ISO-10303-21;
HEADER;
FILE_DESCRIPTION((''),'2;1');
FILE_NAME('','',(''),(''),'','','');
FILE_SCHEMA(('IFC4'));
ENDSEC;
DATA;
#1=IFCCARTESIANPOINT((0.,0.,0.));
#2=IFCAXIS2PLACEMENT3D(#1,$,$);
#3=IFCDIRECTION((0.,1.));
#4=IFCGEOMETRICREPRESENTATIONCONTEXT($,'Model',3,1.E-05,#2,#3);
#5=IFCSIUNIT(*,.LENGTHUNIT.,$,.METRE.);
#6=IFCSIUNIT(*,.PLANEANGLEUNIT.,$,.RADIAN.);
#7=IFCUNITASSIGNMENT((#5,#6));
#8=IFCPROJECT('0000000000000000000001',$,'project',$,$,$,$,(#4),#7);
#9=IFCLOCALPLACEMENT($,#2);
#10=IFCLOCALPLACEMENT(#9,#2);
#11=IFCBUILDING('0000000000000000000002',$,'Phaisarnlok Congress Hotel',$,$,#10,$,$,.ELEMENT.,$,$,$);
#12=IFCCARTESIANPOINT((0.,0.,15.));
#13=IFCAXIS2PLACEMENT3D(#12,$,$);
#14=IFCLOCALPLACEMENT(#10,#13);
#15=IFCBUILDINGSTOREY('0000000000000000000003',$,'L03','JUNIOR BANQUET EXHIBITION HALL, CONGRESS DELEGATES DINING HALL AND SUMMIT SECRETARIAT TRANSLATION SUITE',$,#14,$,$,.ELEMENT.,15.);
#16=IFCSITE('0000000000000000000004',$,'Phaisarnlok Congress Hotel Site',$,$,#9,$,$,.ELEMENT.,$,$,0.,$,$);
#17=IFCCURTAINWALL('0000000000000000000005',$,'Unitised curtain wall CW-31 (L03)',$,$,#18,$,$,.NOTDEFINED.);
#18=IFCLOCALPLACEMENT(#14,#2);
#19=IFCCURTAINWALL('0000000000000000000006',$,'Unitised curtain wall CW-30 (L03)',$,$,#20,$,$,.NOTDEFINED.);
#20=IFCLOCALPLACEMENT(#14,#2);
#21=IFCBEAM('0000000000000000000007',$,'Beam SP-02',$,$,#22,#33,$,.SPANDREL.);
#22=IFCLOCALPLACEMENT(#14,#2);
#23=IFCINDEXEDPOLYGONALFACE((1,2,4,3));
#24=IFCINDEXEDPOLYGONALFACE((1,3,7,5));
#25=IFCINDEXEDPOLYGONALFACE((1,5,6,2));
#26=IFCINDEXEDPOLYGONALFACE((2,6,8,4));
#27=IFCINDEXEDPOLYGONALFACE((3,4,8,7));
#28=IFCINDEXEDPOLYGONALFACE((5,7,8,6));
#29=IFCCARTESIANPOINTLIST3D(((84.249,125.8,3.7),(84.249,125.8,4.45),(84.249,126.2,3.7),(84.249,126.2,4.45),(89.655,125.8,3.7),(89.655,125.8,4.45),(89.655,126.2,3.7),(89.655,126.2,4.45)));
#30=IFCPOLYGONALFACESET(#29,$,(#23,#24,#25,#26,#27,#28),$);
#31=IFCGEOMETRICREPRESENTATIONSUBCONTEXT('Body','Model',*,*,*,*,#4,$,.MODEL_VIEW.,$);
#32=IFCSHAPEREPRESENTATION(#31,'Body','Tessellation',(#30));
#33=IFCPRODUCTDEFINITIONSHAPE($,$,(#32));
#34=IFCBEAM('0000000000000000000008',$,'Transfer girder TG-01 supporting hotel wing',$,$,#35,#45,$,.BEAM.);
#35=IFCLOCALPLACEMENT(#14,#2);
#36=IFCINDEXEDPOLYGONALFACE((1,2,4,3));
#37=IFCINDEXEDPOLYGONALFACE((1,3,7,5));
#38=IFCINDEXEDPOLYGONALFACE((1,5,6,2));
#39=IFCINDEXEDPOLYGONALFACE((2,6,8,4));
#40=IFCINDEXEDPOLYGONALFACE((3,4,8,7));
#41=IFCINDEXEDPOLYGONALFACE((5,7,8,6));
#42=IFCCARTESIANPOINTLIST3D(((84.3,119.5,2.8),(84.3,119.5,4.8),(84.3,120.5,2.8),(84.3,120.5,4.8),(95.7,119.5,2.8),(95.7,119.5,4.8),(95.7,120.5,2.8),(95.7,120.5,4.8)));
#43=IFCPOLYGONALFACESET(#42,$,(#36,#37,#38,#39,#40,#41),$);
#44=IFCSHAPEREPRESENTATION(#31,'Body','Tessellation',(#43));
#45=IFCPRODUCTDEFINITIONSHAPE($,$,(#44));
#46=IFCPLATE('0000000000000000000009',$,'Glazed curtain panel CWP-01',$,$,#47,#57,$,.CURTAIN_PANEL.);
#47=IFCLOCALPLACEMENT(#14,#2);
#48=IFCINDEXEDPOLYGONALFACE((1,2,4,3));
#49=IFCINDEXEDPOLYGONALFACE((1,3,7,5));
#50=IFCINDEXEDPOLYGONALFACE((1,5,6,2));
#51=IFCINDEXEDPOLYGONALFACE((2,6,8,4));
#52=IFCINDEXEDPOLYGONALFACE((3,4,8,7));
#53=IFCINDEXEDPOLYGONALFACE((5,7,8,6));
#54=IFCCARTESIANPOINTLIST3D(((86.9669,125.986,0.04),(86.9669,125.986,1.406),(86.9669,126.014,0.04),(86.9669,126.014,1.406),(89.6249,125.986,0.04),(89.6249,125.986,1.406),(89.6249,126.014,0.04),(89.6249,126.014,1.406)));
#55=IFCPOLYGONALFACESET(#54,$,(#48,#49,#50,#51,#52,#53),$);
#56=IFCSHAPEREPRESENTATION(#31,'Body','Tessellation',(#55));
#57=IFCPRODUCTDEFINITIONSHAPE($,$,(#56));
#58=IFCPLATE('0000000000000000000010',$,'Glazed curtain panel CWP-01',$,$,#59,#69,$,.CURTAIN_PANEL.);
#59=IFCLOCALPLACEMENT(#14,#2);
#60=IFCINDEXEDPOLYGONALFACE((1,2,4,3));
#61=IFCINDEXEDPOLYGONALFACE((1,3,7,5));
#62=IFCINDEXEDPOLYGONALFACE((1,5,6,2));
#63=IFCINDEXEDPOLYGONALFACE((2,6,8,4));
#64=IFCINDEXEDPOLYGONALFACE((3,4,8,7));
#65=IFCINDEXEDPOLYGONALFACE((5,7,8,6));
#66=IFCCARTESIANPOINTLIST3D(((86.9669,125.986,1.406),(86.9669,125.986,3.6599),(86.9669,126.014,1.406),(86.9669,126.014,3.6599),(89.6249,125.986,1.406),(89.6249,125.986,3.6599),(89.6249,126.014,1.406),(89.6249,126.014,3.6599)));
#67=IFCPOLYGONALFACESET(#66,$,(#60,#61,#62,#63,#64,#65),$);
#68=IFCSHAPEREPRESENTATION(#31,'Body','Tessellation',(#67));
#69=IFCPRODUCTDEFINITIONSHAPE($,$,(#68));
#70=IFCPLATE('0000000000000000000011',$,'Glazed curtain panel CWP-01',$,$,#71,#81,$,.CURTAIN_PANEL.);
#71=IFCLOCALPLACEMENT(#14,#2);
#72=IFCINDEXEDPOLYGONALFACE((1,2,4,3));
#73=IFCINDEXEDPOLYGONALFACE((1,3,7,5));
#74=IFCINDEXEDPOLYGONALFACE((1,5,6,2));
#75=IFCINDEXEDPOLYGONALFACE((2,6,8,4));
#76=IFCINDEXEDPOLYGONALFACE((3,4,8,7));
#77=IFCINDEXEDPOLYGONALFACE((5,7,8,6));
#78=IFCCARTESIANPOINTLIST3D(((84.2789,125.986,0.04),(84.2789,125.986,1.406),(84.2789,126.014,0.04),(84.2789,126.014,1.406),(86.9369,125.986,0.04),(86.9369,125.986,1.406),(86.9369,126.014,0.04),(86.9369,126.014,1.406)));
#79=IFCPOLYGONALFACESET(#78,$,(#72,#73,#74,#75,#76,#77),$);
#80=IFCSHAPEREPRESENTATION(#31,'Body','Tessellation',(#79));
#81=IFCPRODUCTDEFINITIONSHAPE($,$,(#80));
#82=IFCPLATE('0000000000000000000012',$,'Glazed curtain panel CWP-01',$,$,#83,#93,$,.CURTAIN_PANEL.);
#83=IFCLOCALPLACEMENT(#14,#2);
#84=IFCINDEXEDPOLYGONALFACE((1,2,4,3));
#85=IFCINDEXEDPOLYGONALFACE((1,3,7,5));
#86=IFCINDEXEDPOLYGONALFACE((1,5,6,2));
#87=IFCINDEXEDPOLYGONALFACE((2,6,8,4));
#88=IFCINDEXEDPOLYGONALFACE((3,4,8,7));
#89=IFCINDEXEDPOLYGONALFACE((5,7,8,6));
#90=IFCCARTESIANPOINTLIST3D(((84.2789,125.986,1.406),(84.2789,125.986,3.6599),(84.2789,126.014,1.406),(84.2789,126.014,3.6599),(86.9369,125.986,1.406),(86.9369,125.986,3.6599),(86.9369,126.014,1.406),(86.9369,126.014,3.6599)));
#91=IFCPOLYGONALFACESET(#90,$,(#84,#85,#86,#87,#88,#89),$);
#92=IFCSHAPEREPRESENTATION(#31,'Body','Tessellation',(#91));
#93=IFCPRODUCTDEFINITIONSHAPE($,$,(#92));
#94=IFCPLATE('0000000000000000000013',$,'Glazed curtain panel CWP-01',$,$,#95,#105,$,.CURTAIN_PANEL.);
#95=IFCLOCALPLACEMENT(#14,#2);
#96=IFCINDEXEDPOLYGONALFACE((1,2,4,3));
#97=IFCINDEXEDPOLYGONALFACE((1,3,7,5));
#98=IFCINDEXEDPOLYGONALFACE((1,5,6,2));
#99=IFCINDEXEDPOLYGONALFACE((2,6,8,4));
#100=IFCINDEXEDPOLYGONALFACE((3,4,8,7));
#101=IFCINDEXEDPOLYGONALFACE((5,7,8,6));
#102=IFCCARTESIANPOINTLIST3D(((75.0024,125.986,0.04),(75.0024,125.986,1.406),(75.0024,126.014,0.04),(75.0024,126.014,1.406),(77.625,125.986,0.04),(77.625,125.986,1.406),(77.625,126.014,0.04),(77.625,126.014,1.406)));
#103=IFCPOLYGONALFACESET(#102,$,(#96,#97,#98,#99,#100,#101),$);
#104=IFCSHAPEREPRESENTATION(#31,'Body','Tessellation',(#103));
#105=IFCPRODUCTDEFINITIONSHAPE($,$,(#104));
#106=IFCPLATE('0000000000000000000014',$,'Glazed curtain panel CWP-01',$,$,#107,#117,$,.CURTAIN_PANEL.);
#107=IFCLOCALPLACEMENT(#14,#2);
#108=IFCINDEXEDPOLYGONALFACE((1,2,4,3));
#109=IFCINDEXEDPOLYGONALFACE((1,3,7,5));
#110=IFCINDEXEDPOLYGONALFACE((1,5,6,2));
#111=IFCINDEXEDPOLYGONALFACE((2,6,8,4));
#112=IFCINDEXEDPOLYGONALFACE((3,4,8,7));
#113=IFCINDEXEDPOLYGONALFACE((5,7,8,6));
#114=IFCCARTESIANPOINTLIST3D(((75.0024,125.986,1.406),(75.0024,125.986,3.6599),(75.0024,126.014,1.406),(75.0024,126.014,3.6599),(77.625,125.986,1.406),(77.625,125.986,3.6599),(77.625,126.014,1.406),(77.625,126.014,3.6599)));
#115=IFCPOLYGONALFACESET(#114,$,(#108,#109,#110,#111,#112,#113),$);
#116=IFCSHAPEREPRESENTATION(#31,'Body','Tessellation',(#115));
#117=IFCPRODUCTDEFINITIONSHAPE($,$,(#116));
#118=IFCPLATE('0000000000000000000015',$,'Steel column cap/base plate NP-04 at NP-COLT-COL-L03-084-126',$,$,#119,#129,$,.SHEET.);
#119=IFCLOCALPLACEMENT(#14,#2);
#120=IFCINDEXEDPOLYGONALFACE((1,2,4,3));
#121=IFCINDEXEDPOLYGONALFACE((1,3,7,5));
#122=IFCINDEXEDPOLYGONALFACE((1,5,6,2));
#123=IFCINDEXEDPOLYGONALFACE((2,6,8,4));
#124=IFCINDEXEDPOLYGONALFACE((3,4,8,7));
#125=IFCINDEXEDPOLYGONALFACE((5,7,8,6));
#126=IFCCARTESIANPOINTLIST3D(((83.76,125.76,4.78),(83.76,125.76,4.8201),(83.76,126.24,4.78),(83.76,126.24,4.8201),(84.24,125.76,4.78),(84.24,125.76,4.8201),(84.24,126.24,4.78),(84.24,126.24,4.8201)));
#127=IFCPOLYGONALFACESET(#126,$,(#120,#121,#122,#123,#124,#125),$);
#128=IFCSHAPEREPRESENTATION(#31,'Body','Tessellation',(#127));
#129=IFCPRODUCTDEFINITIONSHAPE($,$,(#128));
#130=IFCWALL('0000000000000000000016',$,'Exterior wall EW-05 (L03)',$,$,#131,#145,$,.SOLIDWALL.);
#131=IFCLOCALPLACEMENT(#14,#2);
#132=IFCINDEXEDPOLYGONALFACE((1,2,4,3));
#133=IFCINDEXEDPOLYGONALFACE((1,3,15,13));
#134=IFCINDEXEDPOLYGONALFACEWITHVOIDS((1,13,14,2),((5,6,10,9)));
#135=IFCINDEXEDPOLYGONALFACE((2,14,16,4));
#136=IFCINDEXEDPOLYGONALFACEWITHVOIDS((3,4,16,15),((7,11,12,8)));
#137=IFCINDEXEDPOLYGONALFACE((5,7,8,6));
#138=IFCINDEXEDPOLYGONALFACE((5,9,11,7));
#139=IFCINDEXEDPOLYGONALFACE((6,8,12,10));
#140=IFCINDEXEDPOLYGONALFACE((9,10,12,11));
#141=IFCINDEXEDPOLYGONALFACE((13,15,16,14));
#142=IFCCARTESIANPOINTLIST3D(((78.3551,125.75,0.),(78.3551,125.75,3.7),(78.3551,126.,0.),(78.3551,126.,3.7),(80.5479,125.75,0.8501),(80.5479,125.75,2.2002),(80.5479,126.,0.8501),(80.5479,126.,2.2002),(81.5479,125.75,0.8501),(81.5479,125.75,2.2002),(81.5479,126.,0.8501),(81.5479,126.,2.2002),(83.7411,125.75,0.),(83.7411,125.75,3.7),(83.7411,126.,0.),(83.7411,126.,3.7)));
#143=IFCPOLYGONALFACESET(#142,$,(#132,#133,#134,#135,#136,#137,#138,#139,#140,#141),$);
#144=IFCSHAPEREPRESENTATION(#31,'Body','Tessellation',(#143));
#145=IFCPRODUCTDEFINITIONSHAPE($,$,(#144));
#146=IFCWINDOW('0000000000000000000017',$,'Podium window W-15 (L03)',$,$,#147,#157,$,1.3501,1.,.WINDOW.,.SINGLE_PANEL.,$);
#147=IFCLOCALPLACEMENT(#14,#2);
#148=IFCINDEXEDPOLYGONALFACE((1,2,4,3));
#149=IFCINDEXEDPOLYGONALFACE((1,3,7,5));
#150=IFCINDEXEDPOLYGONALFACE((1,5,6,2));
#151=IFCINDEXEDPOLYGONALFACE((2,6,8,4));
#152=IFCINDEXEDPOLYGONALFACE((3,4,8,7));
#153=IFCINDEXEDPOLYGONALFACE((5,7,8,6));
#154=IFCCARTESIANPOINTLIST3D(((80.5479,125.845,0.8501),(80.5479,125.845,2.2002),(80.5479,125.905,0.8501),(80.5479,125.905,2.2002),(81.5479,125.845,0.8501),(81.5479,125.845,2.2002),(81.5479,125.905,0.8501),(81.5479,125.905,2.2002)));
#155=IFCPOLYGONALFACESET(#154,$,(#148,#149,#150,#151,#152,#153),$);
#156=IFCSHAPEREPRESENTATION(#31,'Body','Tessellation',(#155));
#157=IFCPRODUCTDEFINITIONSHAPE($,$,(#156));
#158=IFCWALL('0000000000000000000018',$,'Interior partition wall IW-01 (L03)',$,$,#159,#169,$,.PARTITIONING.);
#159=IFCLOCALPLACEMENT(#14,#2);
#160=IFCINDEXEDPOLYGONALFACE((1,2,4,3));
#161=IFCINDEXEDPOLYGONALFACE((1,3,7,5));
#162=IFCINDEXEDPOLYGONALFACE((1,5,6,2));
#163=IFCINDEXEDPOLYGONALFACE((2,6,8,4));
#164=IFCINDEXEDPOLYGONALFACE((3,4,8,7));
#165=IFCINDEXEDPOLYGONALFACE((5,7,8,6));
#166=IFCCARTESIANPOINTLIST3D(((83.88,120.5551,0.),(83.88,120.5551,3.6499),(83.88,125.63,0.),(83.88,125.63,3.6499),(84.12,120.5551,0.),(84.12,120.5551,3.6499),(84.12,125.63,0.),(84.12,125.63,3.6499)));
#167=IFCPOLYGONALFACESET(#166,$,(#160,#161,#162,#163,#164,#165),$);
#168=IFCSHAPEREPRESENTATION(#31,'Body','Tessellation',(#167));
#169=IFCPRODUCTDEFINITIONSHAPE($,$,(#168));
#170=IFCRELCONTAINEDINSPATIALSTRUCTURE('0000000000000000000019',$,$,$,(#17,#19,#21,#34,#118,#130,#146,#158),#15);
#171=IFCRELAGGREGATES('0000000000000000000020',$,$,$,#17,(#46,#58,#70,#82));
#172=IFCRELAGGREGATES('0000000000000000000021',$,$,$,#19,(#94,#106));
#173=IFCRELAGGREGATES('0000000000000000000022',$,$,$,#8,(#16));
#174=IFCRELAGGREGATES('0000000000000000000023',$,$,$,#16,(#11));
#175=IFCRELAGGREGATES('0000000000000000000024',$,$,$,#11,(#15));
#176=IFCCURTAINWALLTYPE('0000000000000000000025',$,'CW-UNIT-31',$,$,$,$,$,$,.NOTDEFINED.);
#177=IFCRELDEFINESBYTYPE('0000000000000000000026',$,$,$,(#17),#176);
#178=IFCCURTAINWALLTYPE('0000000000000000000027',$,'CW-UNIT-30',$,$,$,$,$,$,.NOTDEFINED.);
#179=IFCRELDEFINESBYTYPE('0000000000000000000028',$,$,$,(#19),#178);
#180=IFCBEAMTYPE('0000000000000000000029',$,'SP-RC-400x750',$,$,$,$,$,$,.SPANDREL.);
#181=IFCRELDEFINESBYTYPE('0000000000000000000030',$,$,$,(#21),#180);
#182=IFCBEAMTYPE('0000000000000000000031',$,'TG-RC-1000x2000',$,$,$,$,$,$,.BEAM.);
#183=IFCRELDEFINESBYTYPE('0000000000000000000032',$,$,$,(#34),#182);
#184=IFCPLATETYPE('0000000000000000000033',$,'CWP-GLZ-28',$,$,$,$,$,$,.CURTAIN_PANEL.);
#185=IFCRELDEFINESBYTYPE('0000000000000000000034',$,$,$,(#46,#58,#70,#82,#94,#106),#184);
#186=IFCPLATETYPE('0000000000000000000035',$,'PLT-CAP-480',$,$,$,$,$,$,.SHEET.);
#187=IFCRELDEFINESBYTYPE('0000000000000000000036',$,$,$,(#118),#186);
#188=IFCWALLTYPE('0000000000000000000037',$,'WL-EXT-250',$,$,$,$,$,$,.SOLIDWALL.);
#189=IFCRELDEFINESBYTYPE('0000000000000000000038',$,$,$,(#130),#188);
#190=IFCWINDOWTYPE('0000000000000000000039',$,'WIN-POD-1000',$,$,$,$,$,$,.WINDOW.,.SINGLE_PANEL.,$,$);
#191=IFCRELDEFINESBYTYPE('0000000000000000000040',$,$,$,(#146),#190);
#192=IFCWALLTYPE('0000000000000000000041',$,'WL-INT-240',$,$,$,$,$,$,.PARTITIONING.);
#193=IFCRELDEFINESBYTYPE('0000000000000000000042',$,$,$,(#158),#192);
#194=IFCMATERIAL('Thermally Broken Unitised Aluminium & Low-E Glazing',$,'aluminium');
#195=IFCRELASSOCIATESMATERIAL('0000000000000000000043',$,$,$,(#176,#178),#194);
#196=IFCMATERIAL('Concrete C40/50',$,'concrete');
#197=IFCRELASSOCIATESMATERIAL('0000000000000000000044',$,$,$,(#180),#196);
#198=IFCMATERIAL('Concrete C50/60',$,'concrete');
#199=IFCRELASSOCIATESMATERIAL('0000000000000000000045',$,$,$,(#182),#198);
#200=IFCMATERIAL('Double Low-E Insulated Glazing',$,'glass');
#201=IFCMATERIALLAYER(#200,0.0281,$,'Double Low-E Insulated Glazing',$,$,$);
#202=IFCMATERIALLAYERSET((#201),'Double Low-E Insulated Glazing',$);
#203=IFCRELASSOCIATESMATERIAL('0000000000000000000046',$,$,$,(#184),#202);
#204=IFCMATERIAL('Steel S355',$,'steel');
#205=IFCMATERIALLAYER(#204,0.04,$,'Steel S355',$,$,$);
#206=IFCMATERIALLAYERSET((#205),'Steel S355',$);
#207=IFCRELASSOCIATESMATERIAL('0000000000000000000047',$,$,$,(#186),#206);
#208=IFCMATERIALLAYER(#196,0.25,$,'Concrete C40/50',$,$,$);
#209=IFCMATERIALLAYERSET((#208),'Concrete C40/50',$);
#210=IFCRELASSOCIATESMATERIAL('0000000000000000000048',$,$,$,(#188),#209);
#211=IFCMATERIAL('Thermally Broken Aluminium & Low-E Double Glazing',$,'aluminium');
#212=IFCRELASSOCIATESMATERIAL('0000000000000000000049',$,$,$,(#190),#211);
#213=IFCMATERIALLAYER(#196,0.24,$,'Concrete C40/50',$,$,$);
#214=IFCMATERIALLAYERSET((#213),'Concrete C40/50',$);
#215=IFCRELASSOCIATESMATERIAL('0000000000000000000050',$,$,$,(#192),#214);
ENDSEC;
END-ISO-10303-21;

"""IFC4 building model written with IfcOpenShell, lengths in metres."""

from ifc_helpers import new_model, si_unit, direction, frame, frame_2d, origin, origin_2d, place, context, subcontext, project, spatial, rectangle, extrude, material, layer, layer_set, material_profile, profile_set, type_object, element, fill, aggregate, save


model = new_model("IFC4")

# Units and contexts
model_context = context("Model", 3, precision=1e-05, world=origin(), true_north=direction((0.0, 1.0)))
body_context = subcontext(model_context, "Body", "Model", "MODEL_VIEW")
ifc_project = project(units=[si_unit("LENGTHUNIT", "METRE"), si_unit("PLANEANGLEUNIT", "RADIAN")], contexts=[model_context])

# Site, building, storey
site_placement = place(None, origin())
site = spatial("IfcSite", under=ifc_project, at=site_placement, Name="Phaisarnlok Congress Hotel Site", CompositionType="ELEMENT", RefElevation=0.0)
building_placement = place(site_placement, origin())
building = spatial("IfcBuilding", under=site, at=building_placement, Name="Phaisarnlok Congress Hotel", CompositionType="ELEMENT")
storey_placement = place(building_placement, frame((0.0, 0.0, 15.0)))
storey = spatial("IfcBuildingStorey", under=building, at=storey_placement, Name="L03", Description="JUNIOR BANQUET EXHIBITION HALL, CONGRESS DELEGATES DINING HALL AND SUMMIT SECRETARIAT TRANSLATION SUITE", CompositionType="ELEMENT", Elevation=15.0)

# Shared definitions
ifc_material_1 = material(Name="Concrete C50/60", Category="concrete")
ifc_material_2 = material(Name="Steel S355", Category="steel")

# Shared definitions
ifc_material_3 = material(Name="Concrete C40/50", Category="concrete")

# Curtain wall
ifc_material_4 = material(Name="Thermally Broken Unitised Aluminium & Low-E Glazing", Category="aluminium")
curtain_wall_type_1 = type_object("IfcCurtainWallType", Name="CW-UNIT-31", PredefinedType="NOTDEFINED", material=ifc_material_4)
curtain_wall_1_placement = place(storey_placement, origin())
curtain_wall_1 = element("IfcCurtainWall", 1, at=curtain_wall_1_placement, inside=storey, type_object=curtain_wall_type_1, Name="Unitised curtain wall CW-31 (L03)", PredefinedType="NOTDEFINED")

# Curtain wall
curtain_wall_type_2 = type_object("IfcCurtainWallType", Name="CW-UNIT-30", PredefinedType="NOTDEFINED", material=ifc_material_4)
curtain_wall_2_placement = place(storey_placement, origin())
curtain_wall_2 = element("IfcCurtainWall", 2, at=curtain_wall_2_placement, inside=storey, type_object=curtain_wall_type_2, Name="Unitised curtain wall CW-30 (L03)", PredefinedType="NOTDEFINED")

# Beams
ifc_material_profile_1 = material_profile(ifc_material_3, rectangle(XDim=0.3999, YDim=0.75, at=origin_2d()), Name="RC 400x750")
ifc_profile_set_1 = profile_set([ifc_material_profile_1], Name="Concrete C40/50")
beam_type_1 = type_object("IfcBeamType", Name="SP-RC-400x750", PredefinedType="SPANDREL", material=ifc_profile_set_1)
for number, where, z_axis, x_axis, name in (
    (3, (84.249, 126.0, 4.075), (1.0, 0.0, 0.0), (0.0, 1.0, 0.0), "Beam SP-02"),
):
    element("IfcBeam", number, at=place(storey_placement, frame(where, z_axis=z_axis, x_axis=x_axis)), inside=storey, type_object=beam_type_1, Name=name, PredefinedType="SPANDREL", context=body_context, shape_type="SweptSolid", body=[
        extrude(rectangle(XDim=0.3999, YDim=0.75, at=origin_2d()), origin(), (0.0, 0.0, 1.0), 5.406),
    ])
ifc_material_profile_2 = material_profile(ifc_material_1, rectangle(XDim=1.0, YDim=2.0, at=origin_2d()), Name="RC 1000x2000")
ifc_profile_set_2 = profile_set([ifc_material_profile_2], Name="Concrete C50/60")
beam_type_2 = type_object("IfcBeamType", Name="TG-RC-1000x2000", PredefinedType="BEAM", material=ifc_profile_set_2)
beam_1_placement = place(storey_placement, frame((84.3, 120.0, 3.8), z_axis=(1.0, 0.0, 0.0), x_axis=(0.0, 1.0, 0.0)))
element("IfcBeam", 4, at=beam_1_placement, inside=storey, type_object=beam_type_2, Name="Transfer girder TG-01 supporting hotel wing", PredefinedType="BEAM", context=body_context, shape_type="SweptSolid", body=[
    extrude(rectangle(XDim=1.0, YDim=2.0, at=origin_2d()), origin(), (0.0, 0.0, 1.0), 11.3999),
])

# Plates
ifc_material_5 = material(Name="Double Low-E Insulated Glazing", Category="glass")
ifc_layer_1 = layer(ifc_material_5, 0.0281, Name="Double Low-E Insulated Glazing")
ifc_layer_set_1 = layer_set([ifc_layer_1], Name="Double Low-E Insulated Glazing")
plate_type_1 = type_object("IfcPlateType", Name="CWP-GLZ-28", PredefinedType="CURTAIN_PANEL", material=ifc_layer_set_1)
plate_1_placement = place(storey_placement, frame((89.625, 126.0, 0.04), z_axis=(0.0, 0.0, 1.0), x_axis=(-1.0, 0.0, 0.0)))
plate_1 = element("IfcPlate", 5, at=plate_1_placement, type_object=plate_type_1, Name="Glazed curtain panel CWP-01", PredefinedType="CURTAIN_PANEL", context=body_context, shape_type="SweptSolid", body=[
    extrude(rectangle(XDim=2.658, YDim=0.0281, at=frame_2d((1.3291, 0.0))), origin(), (0.0, 0.0, 1.0), 1.366),
])
plate_2_placement = place(storey_placement, frame((89.625, 126.0, 1.406), z_axis=(0.0, 0.0, 1.0), x_axis=(-1.0, 0.0, 0.0)))
plate_2 = element("IfcPlate", 6, at=plate_2_placement, type_object=plate_type_1, Name="Glazed curtain panel CWP-01", PredefinedType="CURTAIN_PANEL", context=body_context, shape_type="SweptSolid", body=[
    extrude(rectangle(XDim=2.658, YDim=0.0281, at=frame_2d((1.3291, 0.0))), origin(), (0.0, 0.0, 1.0), 2.2539),
])
plate_3_placement = place(storey_placement, frame((86.937, 126.0, 0.04), z_axis=(0.0, 0.0, 1.0), x_axis=(-1.0, 0.0, 0.0)))
plate_3 = element("IfcPlate", 7, at=plate_3_placement, type_object=plate_type_1, Name="Glazed curtain panel CWP-01", PredefinedType="CURTAIN_PANEL", context=body_context, shape_type="SweptSolid", body=[
    extrude(rectangle(XDim=2.658, YDim=0.0281, at=frame_2d((1.3291, 0.0))), origin(), (0.0, 0.0, 1.0), 1.366),
])
plate_4_placement = place(storey_placement, frame((86.937, 126.0, 1.406), z_axis=(0.0, 0.0, 1.0), x_axis=(-1.0, 0.0, 0.0)))
plate_4 = element("IfcPlate", 8, at=plate_4_placement, type_object=plate_type_1, Name="Glazed curtain panel CWP-01", PredefinedType="CURTAIN_PANEL", context=body_context, shape_type="SweptSolid", body=[
    extrude(rectangle(XDim=2.658, YDim=0.0281, at=frame_2d((1.3291, 0.0))), origin(), (0.0, 0.0, 1.0), 2.2539),
])
aggregate(curtain_wall_1, [plate_1, plate_2, plate_3, plate_4])
plate_5_placement = place(storey_placement, frame((77.625, 126.0, 0.04), z_axis=(0.0, 0.0, 1.0), x_axis=(-1.0, 0.0, 0.0)))
plate_5 = element("IfcPlate", 9, at=plate_5_placement, type_object=plate_type_1, Name="Glazed curtain panel CWP-01", PredefinedType="CURTAIN_PANEL", context=body_context, shape_type="SweptSolid", body=[
    extrude(rectangle(XDim=2.6226, YDim=0.0281, at=frame_2d((1.3113, 0.0))), origin(), (0.0, 0.0, 1.0), 1.366),
])
plate_6_placement = place(storey_placement, frame((77.625, 126.0, 1.406), z_axis=(0.0, 0.0, 1.0), x_axis=(-1.0, 0.0, 0.0)))
plate_6 = element("IfcPlate", 10, at=plate_6_placement, type_object=plate_type_1, Name="Glazed curtain panel CWP-01", PredefinedType="CURTAIN_PANEL", context=body_context, shape_type="SweptSolid", body=[
    extrude(rectangle(XDim=2.6226, YDim=0.0281, at=frame_2d((1.3113, 0.0))), origin(), (0.0, 0.0, 1.0), 2.2539),
])
aggregate(curtain_wall_2, [plate_5, plate_6])
ifc_layer_2 = layer(ifc_material_2, 0.04, Name="Steel S355")
ifc_layer_set_2 = layer_set([ifc_layer_2], Name="Steel S355")
plate_type_2 = type_object("IfcPlateType", Name="PLT-CAP-480", PredefinedType="SHEET", material=ifc_layer_set_2)
plate_7_placement = place(storey_placement, frame((84.0, 126.0, 4.78), z_axis=(0.0, 0.0, 1.0), x_axis=(1.0, 0.0, 0.0)))
element("IfcPlate", 11, at=plate_7_placement, inside=storey, type_object=plate_type_2, Name="Steel column cap/base plate NP-04 at NP-COLT-COL-L03-084-126", PredefinedType="SHEET", context=body_context, shape_type="SweptSolid", body=[
    extrude(rectangle(XDim=0.48, YDim=0.48, at=origin_2d()), origin(), (0.0, 0.0, 1.0), 0.04),
])

# Wall, opening, window
ifc_layer_3 = layer(ifc_material_3, 0.25, Name="Concrete C40/50")
ifc_layer_set_3 = layer_set([ifc_layer_3], Name="Concrete C40/50")
wall_type_1 = type_object("IfcWallType", Name="WL-EXT-250", PredefinedType="SOLIDWALL", material=ifc_layer_set_3)
wall_1_placement = place(storey_placement, frame((83.741, 125.875, 0.0), z_axis=(0.0, 0.0, 1.0), x_axis=(-1.0, 0.0, 0.0)))
wall_1 = element("IfcWall", 12, at=wall_1_placement, inside=storey, type_object=wall_type_1, Name="Exterior wall EW-05 (L03)", PredefinedType="SOLIDWALL", context=body_context, shape_type="SweptSolid", body=[
    extrude(rectangle(XDim=5.386, YDim=0.25, at=frame_2d((2.6929, 0.0))), origin(), (0.0, 0.0, 1.0), 3.7),
])
opening_placement = place(wall_1_placement, frame((2.1931, 0.0, 0.8501)))
opening = element("IfcOpeningElement", 13, at=opening_placement, cuts=wall_1, PredefinedType="OPENING", context=body_context, shape_type="SweptSolid", body=[
    extrude(rectangle(XDim=1.0, YDim=1.3501, at=frame_2d((0.5, 0.675))), frame((0.0, 0.135, 0.0), z_axis=(0.0, -1.0, 0.0), x_axis=(1.0, 0.0, 0.0)), (0.0, 0.0, 1.0), 0.27),
])
ifc_material_6 = material(Name="Thermally Broken Aluminium & Low-E Double Glazing", Category="aluminium")
window_type = type_object("IfcWindowType", Name="WIN-POD-1000", PartitioningType="SINGLE_PANEL", PredefinedType="WINDOW", material=ifc_material_6)
window_placement = place(opening_placement, origin())
window = element("IfcWindow", 14, at=window_placement, inside=storey, type_object=window_type, Name="Podium window W-15 (L03)", OverallHeight=1.3501, OverallWidth=1.0, PartitioningType="SINGLE_PANEL", PredefinedType="WINDOW", context=body_context, shape_type="SweptSolid", body=[
    extrude(rectangle(XDim=1.0, YDim=1.3501, at=frame_2d((0.5, 0.675))), frame((0.0, 0.03, 0.0), z_axis=(0.0, -1.0, 0.0), x_axis=(1.0, 0.0, 0.0)), (0.0, 0.0, 1.0), 0.0601),
])
fill(opening, window)

# Wall
ifc_layer_4 = layer(ifc_material_3, 0.24, Name="Concrete C40/50")
ifc_layer_set_4 = layer_set([ifc_layer_4], Name="Concrete C40/50")
wall_type_2 = type_object("IfcWallType", Name="WL-INT-240", PredefinedType="PARTITIONING", material=ifc_layer_set_4)
wall_2_placement = place(storey_placement, frame((84.0, 120.5549, 0.0), z_axis=(0.0, 0.0, 1.0), x_axis=(0.0, 1.0, 0.0)))
element("IfcWall", 15, at=wall_2_placement, inside=storey, type_object=wall_type_2, Name="Interior partition wall IW-01 (L03)", PredefinedType="PARTITIONING", context=body_context, shape_type="SweptSolid", body=[
    extrude(rectangle(XDim=5.075, YDim=0.24, at=frame_2d((2.5376, 0.0))), origin(), (0.0, 0.0, 1.0), 3.6499),
])

save(model, "model.ifc")
